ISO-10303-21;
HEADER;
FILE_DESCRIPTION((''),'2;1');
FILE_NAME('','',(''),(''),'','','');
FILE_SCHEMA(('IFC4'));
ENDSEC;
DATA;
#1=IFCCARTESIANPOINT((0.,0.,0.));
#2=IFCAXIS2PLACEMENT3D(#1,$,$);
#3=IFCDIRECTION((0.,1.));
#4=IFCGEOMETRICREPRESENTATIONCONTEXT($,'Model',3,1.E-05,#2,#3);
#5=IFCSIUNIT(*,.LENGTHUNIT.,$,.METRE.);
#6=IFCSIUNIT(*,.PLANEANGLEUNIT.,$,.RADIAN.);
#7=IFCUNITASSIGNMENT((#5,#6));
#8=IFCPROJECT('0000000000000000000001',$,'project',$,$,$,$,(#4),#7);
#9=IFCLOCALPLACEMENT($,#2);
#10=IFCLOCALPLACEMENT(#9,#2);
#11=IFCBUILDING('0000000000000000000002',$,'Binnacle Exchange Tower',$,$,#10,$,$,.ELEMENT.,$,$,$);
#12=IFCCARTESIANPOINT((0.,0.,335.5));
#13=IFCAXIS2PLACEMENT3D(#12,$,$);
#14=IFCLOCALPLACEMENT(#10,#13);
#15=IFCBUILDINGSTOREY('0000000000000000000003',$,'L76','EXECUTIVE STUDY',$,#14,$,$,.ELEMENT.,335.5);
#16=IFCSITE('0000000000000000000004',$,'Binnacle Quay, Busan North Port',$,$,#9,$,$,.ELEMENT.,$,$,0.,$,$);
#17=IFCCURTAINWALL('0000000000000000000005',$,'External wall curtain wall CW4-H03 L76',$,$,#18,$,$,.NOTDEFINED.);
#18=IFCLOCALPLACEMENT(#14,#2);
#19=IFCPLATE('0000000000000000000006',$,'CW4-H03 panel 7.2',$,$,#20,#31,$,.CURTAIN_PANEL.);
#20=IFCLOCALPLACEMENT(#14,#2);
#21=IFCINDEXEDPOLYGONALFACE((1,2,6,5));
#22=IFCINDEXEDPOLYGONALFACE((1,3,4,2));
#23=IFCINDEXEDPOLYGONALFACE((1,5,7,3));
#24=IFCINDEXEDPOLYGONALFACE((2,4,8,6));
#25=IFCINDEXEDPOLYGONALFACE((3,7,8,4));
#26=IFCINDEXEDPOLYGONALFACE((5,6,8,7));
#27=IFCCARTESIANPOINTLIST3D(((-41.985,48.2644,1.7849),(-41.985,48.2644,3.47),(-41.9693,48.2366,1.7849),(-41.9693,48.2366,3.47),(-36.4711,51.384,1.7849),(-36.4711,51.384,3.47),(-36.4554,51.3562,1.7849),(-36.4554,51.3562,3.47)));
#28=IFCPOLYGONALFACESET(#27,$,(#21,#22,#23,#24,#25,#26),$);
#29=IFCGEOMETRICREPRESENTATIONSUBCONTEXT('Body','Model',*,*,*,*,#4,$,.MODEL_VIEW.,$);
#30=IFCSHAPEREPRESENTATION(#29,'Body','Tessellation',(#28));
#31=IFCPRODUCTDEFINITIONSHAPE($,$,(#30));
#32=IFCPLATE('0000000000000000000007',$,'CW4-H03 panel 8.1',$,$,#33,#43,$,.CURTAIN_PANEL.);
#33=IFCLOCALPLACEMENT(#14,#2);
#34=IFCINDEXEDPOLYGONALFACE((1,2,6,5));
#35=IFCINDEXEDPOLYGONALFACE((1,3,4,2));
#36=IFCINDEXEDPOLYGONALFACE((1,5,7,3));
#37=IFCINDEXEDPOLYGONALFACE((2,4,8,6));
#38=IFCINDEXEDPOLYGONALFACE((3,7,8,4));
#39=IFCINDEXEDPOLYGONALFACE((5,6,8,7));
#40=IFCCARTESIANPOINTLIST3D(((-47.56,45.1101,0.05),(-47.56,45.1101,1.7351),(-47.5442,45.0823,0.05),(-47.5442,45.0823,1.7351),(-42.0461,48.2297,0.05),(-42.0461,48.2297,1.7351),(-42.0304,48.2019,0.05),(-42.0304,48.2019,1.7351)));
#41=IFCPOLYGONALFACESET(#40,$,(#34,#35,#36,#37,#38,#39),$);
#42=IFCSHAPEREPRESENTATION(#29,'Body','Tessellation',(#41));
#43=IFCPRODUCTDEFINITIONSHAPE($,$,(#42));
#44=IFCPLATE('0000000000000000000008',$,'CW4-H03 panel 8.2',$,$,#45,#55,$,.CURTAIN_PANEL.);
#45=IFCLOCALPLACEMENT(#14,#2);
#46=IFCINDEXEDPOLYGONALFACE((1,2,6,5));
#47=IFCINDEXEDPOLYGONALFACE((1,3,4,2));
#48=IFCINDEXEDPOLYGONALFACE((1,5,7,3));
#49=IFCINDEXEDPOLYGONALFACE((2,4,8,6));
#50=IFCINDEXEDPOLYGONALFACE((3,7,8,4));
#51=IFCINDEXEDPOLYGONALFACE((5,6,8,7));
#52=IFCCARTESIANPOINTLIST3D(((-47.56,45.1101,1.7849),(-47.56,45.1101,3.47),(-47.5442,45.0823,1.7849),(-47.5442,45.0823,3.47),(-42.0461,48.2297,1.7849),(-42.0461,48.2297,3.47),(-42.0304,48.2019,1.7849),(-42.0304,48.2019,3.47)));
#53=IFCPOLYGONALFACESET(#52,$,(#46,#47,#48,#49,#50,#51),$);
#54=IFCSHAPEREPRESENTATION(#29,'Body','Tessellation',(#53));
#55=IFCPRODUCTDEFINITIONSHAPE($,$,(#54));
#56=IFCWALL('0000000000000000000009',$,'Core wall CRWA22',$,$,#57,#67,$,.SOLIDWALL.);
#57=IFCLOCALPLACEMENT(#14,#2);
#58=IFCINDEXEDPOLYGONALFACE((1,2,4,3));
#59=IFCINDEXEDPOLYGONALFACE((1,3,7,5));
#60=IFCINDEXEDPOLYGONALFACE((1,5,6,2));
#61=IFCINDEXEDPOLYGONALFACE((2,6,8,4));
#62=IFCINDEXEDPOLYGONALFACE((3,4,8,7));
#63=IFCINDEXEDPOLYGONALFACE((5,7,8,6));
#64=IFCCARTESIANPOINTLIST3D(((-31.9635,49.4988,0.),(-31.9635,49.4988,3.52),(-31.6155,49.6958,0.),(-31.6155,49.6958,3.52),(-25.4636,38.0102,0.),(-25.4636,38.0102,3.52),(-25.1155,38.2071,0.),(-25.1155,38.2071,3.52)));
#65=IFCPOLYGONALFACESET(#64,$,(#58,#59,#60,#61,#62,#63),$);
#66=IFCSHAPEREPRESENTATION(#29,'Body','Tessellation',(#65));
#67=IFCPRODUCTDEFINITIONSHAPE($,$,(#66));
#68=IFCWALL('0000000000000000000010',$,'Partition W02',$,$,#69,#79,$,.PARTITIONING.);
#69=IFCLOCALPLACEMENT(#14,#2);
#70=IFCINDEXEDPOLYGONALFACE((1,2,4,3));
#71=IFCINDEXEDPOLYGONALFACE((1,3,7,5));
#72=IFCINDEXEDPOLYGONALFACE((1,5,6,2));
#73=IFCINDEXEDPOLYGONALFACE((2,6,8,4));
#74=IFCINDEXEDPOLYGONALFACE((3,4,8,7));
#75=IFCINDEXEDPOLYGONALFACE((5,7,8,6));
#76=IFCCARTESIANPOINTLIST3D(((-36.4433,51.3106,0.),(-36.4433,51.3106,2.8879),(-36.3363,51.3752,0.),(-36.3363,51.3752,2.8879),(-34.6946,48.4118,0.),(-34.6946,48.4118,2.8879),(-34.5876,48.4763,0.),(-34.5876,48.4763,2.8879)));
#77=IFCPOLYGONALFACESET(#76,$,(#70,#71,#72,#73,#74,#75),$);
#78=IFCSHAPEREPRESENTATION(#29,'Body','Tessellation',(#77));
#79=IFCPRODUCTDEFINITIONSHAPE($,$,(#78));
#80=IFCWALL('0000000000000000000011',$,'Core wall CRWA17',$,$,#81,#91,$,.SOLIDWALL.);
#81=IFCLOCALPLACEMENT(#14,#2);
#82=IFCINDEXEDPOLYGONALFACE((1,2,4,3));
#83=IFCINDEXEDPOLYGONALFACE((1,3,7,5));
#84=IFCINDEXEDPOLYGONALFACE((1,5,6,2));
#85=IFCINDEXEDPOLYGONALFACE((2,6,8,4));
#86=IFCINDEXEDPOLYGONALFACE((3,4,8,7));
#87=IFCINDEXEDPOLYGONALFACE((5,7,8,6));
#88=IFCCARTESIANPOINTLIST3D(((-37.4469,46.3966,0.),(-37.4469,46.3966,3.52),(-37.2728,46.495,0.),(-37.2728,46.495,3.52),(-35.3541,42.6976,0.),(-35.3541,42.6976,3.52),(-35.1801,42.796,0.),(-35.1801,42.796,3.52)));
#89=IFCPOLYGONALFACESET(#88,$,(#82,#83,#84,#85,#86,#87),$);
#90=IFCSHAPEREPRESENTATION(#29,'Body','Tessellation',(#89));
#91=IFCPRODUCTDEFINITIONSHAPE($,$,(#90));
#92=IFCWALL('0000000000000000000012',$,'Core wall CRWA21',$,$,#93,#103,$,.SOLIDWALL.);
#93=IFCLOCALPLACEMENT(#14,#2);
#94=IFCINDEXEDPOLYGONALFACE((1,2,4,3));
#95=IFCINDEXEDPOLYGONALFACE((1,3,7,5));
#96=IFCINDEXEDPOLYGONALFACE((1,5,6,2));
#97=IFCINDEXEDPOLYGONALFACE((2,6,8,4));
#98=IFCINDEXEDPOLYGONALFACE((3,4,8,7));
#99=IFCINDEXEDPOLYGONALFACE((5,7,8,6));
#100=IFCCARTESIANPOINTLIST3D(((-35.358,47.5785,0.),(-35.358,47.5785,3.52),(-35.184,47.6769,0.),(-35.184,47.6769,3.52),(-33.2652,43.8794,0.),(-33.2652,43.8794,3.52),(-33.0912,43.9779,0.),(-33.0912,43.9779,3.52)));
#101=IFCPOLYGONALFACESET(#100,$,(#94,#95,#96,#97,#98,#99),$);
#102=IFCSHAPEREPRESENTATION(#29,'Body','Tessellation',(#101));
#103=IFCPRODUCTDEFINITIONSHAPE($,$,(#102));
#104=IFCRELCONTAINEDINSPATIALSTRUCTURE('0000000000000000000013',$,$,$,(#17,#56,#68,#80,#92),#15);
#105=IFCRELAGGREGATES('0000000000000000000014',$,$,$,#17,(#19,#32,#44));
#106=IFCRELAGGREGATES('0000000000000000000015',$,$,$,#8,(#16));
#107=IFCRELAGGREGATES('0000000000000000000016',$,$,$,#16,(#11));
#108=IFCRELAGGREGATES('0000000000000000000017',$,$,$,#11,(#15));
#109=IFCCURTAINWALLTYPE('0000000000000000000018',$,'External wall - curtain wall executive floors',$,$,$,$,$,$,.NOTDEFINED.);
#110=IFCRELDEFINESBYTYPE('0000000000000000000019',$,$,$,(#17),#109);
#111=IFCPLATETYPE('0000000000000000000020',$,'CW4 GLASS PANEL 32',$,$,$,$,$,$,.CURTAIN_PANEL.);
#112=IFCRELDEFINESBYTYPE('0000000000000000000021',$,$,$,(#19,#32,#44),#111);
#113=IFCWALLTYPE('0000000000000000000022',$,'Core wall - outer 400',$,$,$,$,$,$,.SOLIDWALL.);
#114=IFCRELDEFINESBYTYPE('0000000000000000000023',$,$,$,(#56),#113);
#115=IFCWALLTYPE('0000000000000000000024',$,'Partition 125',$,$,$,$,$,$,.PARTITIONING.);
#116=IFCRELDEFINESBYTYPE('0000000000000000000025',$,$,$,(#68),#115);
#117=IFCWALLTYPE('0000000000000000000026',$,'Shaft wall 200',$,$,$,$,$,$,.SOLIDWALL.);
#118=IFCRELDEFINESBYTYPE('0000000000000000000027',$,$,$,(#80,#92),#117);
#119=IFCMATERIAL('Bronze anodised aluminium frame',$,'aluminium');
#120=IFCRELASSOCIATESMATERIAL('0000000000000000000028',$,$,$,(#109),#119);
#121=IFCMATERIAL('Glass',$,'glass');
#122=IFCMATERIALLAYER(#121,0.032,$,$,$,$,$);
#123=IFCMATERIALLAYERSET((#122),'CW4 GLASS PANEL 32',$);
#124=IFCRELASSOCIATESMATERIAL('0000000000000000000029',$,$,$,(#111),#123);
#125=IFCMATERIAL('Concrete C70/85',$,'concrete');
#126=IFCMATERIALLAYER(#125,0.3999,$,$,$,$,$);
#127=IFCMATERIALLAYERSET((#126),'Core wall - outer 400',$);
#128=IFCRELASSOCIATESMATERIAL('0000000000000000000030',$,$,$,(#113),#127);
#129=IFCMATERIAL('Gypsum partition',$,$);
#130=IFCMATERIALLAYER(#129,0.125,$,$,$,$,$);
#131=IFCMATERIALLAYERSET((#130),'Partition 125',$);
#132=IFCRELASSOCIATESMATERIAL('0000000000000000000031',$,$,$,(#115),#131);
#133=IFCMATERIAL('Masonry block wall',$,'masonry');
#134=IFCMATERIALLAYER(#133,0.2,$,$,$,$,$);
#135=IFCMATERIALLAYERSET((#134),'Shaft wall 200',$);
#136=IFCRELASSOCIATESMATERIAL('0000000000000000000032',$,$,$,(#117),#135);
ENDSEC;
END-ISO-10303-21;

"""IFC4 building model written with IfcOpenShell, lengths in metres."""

from ifc_helpers import new_model, si_unit, direction, frame, frame_2d, origin, origin_2d, place, context, subcontext, project, spatial, rectangle, extrude, material, layer, layer_set, type_object, element, aggregate, save


model = new_model("IFC4")

# Units and contexts
model_context = context("Model", 3, precision=1e-05, world=origin(), true_north=direction((0.0, 1.0)))
body_context = subcontext(model_context, "Body", "Model", "MODEL_VIEW")
ifc_project = project(units=[si_unit("LENGTHUNIT", "METRE"), si_unit("PLANEANGLEUNIT", "RADIAN")], contexts=[model_context])

# Site, building, storey
site_placement = place(None, origin())
site = spatial("IfcSite", under=ifc_project, at=site_placement, Name="Binnacle Quay, Busan North Port", CompositionType="ELEMENT", RefElevation=0.0)
building_placement = place(site_placement, origin())
building = spatial("IfcBuilding", under=site, at=building_placement, Name="Binnacle Exchange Tower", CompositionType="ELEMENT")
storey_placement = place(building_placement, frame((0.0, 0.0, 335.5)))
storey = spatial("IfcBuildingStorey", under=building, at=storey_placement, Name="L76", Description="EXECUTIVE STUDY", CompositionType="ELEMENT", Elevation=335.5)

# Curtain wall
ifc_material_1 = material(Name="Bronze anodised aluminium frame", Category="aluminium")
curtain_wall_type = type_object("IfcCurtainWallType", Name="External wall - curtain wall executive floors", PredefinedType="NOTDEFINED", material=ifc_material_1)
curtain_wall_placement = place(storey_placement, origin())
curtain_wall = element("IfcCurtainWall", 1, at=curtain_wall_placement, inside=storey, type_object=curtain_wall_type, Name="External wall curtain wall CW4-H03 L76", PredefinedType="NOTDEFINED")

# Plates
ifc_material_2 = material(Name="Glass", Category="glass")
ifc_layer_1 = layer(ifc_material_2, 0.032)
ifc_layer_set_1 = layer_set([ifc_layer_1], Name="CW4 GLASS PANEL 32")
plate_type = type_object("IfcPlateType", Name="CW4 GLASS PANEL 32", PredefinedType="CURTAIN_PANEL", material=ifc_layer_set_1)
plate_1_placement = place(storey_placement, frame((-39.2202, 49.8103, 1.7849), z_axis=(0.0, 0.0, 1.0), x_axis=(-0.870356, -0.492424, 0.0)))
plate_1 = element("IfcPlate", 2, at=plate_1_placement, type_object=plate_type, Name="CW4-H03 panel 7.2", PredefinedType="CURTAIN_PANEL", context=body_context, shape_type="SweptSolid", body=[
    extrude(rectangle(XDim=6.3352, YDim=0.032, at=origin_2d()), origin(), (0.0, 0.0, 1.0), 1.6851),
])
plate_2_placement = place(storey_placement, frame((-44.7952, 46.656, 0.05), z_axis=(0.0, 0.0, 1.0), x_axis=(-0.870356, -0.492424, 0.0)))
plate_2 = element("IfcPlate", 3, at=plate_2_placement, type_object=plate_type, Name="CW4-H03 panel 8.1", PredefinedType="CURTAIN_PANEL", context=body_context, shape_type="SweptSolid", body=[
    extrude(rectangle(XDim=6.3352, YDim=0.032, at=origin_2d()), origin(), (0.0, 0.0, 1.0), 1.6851),
])
plate_3_placement = place(storey_placement, frame((-44.7952, 46.656, 1.7849), z_axis=(0.0, 0.0, 1.0), x_axis=(-0.870356, -0.492424, 0.0)))
plate_3 = element("IfcPlate", 4, at=plate_3_placement, type_object=plate_type, Name="CW4-H03 panel 8.2", PredefinedType="CURTAIN_PANEL", context=body_context, shape_type="SweptSolid", body=[
    extrude(rectangle(XDim=6.3352, YDim=0.032, at=origin_2d()), origin(), (0.0, 0.0, 1.0), 1.6851),
])
aggregate(curtain_wall, [plate_1, plate_2, plate_3])

# Walls
ifc_material_3 = material(Name="Concrete C70/85", Category="concrete")
ifc_layer_2 = layer(ifc_material_3, 0.3999)
ifc_layer_set_2 = layer_set([ifc_layer_2], Name="Core wall - outer 400")
wall_type_1 = type_object("IfcWallType", Name="Core wall - outer 400", PredefinedType="SOLIDWALL", material=ifc_layer_set_2)
wall_1_placement = place(storey_placement, frame((-31.7896, 49.5974, 0.0), z_axis=(0.0, 0.0, 1.0), x_axis=(0.492422, -0.870357, 0.0)))
element("IfcWall", 5, at=wall_1_placement, inside=storey, type_object=wall_type_1, Name="Core wall CRWA22", PredefinedType="SOLIDWALL", context=body_context, shape_type="SweptSolid", body=[
    extrude(rectangle(XDim=13.2, YDim=0.3999, at=frame_2d((6.6001, 0.0))), origin(), (0.0, 0.0, 1.0), 3.52),
])
ifc_material_4 = material(Name="Gypsum partition")
ifc_layer_3 = layer(ifc_material_4, 0.125)
ifc_layer_set_3 = layer_set([ifc_layer_3], Name="Partition 125")
wall_type_2 = type_object("IfcWallType", Name="Partition 125", PredefinedType="PARTITIONING", material=ifc_layer_set_3)
wall_2_placement = place(storey_placement, frame((-36.3899, 51.343, 0.0), z_axis=(0.0, 0.0, 1.0), x_axis=(0.516541, -0.856262, 0.0)))
element("IfcWall", 6, at=wall_2_placement, inside=storey, type_object=wall_type_2, Name="Partition W02", PredefinedType="PARTITIONING", context=body_context, shape_type="SweptSolid", body=[
    extrude(rectangle(XDim=3.3855, YDim=0.125, at=frame_2d((1.6929, 0.0))), origin(), (0.0, 0.0, 1.0), 2.8879),
])
ifc_material_5 = material(Name="Masonry block wall", Category="masonry")
ifc_layer_4 = layer(ifc_material_5, 0.2)
ifc_layer_set_4 = layer_set([ifc_layer_4], Name="Shaft wall 200")
wall_type_3 = type_object("IfcWallType", Name="Shaft wall 200", PredefinedType="SOLIDWALL", material=ifc_layer_set_4)
for number, where, z_axis, x_axis, name in (
    (7, (-37.3599, 46.4458, 0.0), (0.0, 0.0, 1.0), (0.492423, -0.870356, 0.0), "Core wall CRWA17"),
    (8, (-35.271, 47.6277, 0.0), (0.0, 0.0, 1.0), (0.492423, -0.870356, 0.0), "Core wall CRWA21"),
):
    element("IfcWall", number, at=place(storey_placement, frame(where, z_axis=z_axis, x_axis=x_axis)), inside=storey, type_object=wall_type_3, Name=name, PredefinedType="SOLIDWALL", context=body_context, shape_type="SweptSolid", body=[
        extrude(rectangle(XDim=4.25, YDim=0.2, at=frame_2d((2.125, 0.0))), origin(), (0.0, 0.0, 1.0), 3.52),
    ])

save(model, "model.ifc")
